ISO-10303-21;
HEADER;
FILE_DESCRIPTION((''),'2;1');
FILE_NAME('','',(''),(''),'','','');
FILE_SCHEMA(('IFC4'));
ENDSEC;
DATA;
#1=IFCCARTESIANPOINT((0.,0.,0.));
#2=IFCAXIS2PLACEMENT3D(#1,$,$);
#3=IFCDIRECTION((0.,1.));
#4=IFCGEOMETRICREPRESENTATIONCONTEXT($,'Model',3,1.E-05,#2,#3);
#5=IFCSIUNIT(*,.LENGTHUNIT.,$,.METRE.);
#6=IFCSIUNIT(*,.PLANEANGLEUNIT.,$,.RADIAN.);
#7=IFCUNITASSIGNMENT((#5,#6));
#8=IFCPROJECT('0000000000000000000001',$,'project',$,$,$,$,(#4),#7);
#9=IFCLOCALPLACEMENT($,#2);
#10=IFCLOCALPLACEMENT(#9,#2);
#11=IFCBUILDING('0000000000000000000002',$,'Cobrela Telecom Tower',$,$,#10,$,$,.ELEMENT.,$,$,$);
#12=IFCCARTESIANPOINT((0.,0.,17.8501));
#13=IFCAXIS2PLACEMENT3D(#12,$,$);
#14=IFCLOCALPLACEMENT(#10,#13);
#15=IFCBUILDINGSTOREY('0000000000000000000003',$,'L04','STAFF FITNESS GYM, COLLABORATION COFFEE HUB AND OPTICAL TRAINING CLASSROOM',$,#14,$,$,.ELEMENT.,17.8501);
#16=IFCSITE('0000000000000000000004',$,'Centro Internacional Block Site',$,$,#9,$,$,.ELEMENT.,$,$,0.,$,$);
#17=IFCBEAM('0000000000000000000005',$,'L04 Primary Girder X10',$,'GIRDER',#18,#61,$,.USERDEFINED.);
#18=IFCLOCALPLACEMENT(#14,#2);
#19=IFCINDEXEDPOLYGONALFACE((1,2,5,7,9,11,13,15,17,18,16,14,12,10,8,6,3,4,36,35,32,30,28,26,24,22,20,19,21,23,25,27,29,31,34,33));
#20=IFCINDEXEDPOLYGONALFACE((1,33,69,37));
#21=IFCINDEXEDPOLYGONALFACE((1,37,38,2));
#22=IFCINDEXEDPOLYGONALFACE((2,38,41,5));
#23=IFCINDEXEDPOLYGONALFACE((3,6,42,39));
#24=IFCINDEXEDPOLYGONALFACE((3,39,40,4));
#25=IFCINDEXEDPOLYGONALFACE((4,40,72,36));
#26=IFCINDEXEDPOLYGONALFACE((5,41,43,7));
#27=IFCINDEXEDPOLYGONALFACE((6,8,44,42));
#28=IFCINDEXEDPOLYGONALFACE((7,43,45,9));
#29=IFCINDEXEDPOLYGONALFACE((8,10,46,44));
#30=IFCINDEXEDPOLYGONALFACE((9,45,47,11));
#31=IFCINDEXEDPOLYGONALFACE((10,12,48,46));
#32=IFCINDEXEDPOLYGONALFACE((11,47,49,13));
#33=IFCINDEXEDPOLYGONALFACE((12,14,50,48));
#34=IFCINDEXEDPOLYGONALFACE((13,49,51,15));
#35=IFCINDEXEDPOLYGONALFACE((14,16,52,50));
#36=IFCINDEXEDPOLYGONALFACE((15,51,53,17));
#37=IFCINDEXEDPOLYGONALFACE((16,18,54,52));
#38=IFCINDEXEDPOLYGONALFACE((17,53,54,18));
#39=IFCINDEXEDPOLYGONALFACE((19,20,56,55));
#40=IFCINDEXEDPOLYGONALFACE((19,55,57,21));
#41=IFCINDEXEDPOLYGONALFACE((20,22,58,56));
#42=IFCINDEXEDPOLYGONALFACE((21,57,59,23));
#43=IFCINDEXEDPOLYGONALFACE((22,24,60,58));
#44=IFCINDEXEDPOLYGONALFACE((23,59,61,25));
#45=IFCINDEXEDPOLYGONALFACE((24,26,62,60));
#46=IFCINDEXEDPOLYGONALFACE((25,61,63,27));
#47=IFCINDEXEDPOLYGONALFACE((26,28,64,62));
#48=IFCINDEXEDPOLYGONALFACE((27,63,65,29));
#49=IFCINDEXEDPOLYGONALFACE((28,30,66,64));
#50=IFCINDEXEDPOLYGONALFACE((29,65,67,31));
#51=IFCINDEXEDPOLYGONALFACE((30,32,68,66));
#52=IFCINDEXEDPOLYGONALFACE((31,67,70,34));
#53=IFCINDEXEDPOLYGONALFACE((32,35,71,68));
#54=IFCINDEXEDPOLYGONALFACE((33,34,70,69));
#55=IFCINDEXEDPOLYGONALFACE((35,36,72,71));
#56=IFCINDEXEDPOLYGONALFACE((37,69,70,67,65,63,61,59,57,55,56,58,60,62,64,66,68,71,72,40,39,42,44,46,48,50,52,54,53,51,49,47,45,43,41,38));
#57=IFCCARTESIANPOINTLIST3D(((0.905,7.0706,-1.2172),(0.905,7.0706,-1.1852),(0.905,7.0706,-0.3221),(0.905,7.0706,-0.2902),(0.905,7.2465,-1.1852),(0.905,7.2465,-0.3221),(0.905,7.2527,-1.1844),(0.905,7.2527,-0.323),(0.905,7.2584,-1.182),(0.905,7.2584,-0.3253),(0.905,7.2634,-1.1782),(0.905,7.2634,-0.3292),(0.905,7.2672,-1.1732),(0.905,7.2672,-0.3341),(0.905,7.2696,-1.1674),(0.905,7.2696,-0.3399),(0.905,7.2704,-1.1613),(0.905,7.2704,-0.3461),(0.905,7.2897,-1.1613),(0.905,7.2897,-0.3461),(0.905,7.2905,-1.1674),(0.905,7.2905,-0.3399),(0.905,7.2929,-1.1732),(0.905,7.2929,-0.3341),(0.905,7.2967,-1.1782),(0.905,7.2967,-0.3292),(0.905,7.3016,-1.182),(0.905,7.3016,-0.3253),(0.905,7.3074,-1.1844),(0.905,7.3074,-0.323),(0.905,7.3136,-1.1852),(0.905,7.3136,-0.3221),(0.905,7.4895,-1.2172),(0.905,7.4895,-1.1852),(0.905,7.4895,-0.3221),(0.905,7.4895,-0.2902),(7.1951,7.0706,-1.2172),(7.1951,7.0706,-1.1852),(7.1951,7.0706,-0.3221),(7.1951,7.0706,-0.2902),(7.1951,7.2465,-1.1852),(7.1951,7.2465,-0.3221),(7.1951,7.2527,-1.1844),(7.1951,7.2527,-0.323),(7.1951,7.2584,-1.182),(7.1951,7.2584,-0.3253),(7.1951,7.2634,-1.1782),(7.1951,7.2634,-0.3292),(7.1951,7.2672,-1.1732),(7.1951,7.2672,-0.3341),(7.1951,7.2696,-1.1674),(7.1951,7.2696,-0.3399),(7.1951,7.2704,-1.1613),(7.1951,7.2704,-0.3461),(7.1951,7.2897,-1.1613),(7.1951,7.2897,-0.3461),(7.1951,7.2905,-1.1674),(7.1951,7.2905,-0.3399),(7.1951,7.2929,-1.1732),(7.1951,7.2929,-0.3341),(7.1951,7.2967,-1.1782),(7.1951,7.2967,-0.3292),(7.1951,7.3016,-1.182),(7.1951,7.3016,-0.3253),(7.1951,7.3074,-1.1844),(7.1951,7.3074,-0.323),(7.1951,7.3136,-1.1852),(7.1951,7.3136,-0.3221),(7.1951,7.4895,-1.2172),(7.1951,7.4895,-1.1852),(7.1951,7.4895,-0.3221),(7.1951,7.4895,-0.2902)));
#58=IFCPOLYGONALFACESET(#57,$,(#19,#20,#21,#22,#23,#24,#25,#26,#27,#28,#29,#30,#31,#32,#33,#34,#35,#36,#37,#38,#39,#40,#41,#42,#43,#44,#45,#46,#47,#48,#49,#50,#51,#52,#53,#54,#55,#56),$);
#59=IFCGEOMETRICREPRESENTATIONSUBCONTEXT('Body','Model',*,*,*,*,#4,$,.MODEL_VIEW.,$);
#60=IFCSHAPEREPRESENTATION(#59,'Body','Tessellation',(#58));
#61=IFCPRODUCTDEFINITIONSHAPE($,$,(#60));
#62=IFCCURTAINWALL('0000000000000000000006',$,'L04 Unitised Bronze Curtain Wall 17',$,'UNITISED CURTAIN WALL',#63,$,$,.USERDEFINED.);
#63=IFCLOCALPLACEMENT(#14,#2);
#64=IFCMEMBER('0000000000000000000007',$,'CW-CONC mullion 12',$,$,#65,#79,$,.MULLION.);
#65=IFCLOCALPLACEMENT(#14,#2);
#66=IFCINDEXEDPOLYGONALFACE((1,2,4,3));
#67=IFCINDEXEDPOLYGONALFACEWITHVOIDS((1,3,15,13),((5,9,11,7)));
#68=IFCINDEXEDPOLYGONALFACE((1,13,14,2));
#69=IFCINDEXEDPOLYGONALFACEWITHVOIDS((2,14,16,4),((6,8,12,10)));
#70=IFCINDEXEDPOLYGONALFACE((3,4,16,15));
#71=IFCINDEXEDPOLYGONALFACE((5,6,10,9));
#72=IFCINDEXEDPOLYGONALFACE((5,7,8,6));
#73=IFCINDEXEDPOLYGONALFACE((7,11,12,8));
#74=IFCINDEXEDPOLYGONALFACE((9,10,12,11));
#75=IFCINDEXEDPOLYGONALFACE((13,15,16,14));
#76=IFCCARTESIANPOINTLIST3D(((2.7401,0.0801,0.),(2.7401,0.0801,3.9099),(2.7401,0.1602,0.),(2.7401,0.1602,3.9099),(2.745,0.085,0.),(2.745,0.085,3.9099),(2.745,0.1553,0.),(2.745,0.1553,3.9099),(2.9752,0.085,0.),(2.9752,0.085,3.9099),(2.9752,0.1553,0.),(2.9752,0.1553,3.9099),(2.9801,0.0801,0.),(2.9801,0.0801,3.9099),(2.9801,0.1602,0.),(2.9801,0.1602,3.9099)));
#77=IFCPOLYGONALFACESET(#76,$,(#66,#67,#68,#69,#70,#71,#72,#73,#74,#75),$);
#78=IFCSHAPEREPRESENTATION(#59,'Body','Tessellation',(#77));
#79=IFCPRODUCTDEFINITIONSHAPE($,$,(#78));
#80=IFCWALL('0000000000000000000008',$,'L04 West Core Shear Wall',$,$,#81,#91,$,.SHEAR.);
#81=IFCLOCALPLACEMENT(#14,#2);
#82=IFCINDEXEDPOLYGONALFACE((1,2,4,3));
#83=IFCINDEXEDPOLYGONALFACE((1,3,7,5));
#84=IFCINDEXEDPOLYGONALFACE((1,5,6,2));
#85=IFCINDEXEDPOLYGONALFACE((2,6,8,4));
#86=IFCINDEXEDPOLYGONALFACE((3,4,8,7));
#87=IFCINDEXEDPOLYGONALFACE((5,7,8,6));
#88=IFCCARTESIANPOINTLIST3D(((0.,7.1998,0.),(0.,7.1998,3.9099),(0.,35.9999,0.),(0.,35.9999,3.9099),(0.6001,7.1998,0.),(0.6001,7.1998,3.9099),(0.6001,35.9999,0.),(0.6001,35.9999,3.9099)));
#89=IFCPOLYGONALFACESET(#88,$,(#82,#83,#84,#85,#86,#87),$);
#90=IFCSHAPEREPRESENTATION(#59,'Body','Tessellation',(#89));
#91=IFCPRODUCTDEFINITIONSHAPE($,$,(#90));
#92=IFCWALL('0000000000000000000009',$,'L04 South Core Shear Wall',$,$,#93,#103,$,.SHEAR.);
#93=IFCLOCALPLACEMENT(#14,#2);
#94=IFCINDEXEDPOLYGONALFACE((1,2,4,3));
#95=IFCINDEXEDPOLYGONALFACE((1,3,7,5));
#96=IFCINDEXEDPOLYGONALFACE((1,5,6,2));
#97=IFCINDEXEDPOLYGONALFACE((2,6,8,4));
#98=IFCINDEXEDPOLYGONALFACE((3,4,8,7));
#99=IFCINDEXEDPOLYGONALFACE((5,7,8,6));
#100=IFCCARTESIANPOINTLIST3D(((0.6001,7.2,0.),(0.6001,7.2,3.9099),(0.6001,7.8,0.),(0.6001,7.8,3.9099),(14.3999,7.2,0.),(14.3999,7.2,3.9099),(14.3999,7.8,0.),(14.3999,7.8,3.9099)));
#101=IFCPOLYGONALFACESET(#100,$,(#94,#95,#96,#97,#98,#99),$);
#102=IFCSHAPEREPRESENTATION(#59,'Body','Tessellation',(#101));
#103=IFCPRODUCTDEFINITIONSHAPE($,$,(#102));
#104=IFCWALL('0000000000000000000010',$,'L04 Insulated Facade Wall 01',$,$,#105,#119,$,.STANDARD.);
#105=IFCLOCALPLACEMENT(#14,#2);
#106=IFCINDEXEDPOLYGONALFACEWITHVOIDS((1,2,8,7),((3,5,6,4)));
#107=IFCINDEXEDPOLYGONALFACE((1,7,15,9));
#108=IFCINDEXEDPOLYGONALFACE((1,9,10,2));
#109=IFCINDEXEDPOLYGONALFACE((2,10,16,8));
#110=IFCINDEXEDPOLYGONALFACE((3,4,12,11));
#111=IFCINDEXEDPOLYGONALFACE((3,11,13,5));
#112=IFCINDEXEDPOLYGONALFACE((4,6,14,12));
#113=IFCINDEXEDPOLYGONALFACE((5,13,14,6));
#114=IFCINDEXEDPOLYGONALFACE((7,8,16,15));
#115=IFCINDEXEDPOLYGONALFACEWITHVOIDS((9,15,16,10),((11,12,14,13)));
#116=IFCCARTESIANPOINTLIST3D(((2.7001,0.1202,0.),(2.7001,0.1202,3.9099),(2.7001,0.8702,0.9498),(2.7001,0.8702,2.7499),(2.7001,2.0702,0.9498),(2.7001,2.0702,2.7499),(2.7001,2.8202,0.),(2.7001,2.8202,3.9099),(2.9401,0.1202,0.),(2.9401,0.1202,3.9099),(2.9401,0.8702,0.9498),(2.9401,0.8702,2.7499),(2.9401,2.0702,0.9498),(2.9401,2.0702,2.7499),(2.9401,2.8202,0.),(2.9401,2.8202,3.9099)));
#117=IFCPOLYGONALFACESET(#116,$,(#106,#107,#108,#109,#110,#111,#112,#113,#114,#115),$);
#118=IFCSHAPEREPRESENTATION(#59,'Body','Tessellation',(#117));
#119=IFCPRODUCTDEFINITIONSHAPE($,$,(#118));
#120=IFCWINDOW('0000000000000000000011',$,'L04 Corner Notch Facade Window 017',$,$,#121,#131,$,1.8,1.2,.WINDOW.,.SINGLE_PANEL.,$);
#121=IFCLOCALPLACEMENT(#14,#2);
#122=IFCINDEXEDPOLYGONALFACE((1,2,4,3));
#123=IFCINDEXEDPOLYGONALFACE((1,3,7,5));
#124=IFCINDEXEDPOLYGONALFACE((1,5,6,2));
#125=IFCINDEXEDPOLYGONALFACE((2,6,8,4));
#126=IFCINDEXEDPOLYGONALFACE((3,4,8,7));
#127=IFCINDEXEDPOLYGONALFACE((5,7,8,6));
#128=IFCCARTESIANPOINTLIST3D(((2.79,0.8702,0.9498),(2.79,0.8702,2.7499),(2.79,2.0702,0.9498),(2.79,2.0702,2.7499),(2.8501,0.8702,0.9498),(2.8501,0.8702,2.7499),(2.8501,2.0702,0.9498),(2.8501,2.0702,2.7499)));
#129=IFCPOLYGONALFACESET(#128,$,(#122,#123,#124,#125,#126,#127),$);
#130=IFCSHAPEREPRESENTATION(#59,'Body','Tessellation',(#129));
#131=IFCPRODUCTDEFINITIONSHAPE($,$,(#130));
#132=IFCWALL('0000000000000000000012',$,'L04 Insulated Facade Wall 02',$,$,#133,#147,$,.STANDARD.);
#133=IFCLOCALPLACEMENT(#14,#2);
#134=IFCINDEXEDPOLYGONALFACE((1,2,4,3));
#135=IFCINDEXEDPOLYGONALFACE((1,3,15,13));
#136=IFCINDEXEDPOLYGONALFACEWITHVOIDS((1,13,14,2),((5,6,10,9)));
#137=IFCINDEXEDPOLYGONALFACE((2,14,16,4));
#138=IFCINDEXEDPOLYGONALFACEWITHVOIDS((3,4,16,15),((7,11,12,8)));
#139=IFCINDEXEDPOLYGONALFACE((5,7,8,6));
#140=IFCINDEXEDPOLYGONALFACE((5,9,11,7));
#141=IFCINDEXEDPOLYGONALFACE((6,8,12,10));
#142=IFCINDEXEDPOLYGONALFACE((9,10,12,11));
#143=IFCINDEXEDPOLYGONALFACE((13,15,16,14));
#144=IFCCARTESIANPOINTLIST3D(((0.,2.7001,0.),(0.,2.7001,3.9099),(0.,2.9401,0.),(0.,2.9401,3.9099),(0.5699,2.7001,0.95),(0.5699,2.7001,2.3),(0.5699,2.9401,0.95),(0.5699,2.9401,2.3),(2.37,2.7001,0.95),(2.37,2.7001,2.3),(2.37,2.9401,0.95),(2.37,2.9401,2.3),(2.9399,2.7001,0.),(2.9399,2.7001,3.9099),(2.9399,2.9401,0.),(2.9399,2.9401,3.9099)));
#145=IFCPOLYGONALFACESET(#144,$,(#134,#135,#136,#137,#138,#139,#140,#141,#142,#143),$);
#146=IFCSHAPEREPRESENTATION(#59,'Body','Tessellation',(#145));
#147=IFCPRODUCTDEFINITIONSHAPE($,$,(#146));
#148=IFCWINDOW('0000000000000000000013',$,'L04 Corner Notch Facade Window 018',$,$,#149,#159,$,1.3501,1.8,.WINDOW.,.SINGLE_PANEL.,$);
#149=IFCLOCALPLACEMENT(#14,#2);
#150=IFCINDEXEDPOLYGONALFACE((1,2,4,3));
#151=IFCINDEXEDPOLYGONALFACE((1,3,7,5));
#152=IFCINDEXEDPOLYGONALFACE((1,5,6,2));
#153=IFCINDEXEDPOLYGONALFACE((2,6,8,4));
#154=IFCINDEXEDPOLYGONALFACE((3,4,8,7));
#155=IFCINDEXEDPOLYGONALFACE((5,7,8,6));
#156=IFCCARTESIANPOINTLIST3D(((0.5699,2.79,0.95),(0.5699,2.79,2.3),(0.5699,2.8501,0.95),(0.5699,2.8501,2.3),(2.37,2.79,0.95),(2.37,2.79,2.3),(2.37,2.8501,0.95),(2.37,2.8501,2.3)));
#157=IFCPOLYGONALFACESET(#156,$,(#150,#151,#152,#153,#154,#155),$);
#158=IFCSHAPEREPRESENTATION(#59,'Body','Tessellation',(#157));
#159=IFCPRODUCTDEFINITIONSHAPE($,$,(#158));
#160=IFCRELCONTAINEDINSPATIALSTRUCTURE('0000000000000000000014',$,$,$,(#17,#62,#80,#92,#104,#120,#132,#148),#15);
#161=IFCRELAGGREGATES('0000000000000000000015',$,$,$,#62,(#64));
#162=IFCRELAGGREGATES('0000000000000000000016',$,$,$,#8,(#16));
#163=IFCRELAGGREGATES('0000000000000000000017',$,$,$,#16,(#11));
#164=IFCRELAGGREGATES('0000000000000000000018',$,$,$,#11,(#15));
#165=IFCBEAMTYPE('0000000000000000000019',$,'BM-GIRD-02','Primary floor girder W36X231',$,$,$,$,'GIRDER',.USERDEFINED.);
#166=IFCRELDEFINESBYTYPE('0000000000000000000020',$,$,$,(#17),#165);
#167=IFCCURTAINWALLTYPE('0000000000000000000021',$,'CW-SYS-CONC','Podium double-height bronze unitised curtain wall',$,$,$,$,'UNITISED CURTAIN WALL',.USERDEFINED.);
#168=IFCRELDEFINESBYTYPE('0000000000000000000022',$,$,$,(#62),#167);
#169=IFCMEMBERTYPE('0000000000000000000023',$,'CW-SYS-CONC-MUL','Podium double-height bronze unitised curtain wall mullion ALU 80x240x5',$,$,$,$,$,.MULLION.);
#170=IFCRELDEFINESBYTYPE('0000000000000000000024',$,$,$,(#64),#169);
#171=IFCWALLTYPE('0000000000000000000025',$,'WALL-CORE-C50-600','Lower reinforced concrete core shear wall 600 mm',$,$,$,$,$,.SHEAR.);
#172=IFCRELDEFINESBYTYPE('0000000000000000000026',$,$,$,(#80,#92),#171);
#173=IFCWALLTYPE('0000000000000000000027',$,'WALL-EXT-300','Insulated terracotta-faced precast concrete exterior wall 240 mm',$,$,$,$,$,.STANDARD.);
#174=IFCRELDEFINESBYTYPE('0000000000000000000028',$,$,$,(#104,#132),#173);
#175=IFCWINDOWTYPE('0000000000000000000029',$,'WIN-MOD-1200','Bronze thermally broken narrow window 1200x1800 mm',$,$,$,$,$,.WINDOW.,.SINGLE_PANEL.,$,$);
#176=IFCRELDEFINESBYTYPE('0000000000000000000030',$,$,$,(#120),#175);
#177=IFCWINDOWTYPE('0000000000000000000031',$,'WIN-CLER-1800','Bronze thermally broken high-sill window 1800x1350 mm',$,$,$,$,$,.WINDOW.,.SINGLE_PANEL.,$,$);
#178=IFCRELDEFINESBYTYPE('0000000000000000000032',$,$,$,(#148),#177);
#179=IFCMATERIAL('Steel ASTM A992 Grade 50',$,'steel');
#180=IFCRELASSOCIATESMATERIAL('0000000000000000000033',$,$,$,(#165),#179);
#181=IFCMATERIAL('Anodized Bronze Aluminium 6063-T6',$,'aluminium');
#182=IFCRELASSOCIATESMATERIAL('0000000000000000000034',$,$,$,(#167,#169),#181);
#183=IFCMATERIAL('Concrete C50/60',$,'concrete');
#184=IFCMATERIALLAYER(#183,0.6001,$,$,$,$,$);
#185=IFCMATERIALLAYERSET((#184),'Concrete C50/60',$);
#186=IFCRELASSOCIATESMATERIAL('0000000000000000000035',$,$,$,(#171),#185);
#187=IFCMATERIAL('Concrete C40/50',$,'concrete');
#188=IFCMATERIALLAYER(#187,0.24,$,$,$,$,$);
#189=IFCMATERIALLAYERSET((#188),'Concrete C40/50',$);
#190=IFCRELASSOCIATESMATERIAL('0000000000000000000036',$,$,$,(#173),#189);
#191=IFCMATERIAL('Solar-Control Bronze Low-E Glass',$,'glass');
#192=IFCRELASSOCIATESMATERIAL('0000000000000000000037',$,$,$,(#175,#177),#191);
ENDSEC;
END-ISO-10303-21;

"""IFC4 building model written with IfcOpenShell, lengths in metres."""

from ifc_helpers import new_model, si_unit, direction, frame, frame_2d, origin, origin_2d, place, context, subcontext, project, spatial, rectangle, hollow_rectangle, i_section, extrude, material, layer, layer_set, material_profile, profile_set, type_object, element, fill, aggregate, save


model = new_model("IFC4")

# Units and contexts
model_context = context("Model", 3, precision=1e-05, world=origin(), true_north=direction((0.0, 1.0)))
body_context = subcontext(model_context, "Body", "Model", "MODEL_VIEW")
ifc_project = project(units=[si_unit("LENGTHUNIT", "METRE"), si_unit("PLANEANGLEUNIT", "RADIAN")], contexts=[model_context])

# Site, building, storey
site_placement = place(None, origin())
site = spatial("IfcSite", under=ifc_project, at=site_placement, Name="Centro Internacional Block Site", CompositionType="ELEMENT", RefElevation=0.0)
building_placement = place(site_placement, origin())
building = spatial("IfcBuilding", under=site, at=building_placement, Name="Cobrela Telecom Tower", CompositionType="ELEMENT")
storey_placement = place(building_placement, frame((0.0, 0.0, 17.8501)))
storey = spatial("IfcBuildingStorey", under=building, at=storey_placement, Name="L04", Description="STAFF FITNESS GYM, COLLABORATION COFFEE HUB AND OPTICAL TRAINING CLASSROOM", CompositionType="ELEMENT", Elevation=17.8501)

# Beam
ifc_material_1 = material(Name="Steel ASTM A992 Grade 50", Category="steel")
ifc_material_profile_1 = material_profile(ifc_material_1, i_section(OverallWidth=0.4189, OverallDepth=0.927, WebThickness=0.0193, FlangeThickness=0.032, FilletRadius=0.0239, at=origin_2d()), Name="W36X231")
ifc_profile_set_1 = profile_set([ifc_material_profile_1], Name="Steel ASTM A992 Grade 50")
beam_type = type_object("IfcBeamType", Name="BM-GIRD-02", Description="Primary floor girder W36X231", ElementType="GIRDER", PredefinedType="USERDEFINED", material=ifc_profile_set_1)
beam_placement = place(storey_placement, frame((0.905, 7.28, -0.7537), z_axis=(1.0, 0.0, 0.0), x_axis=(0.0, 1.0, 0.0)))
element("IfcBeam", 1, at=beam_placement, inside=storey, type_object=beam_type, Name="L04 Primary Girder X10", ObjectType="GIRDER", PredefinedType="USERDEFINED", context=body_context, shape_type="SweptSolid", body=[
    extrude(i_section(OverallWidth=0.4189, OverallDepth=0.927, WebThickness=0.0193, FlangeThickness=0.032, FilletRadius=0.0239, at=origin_2d()), origin(), (0.0, 0.0, 1.0), 6.29),
])

# Curtain wall, member
ifc_material_2 = material(Name="Anodized Bronze Aluminium 6063-T6", Category="aluminium")
curtain_wall_type = type_object("IfcCurtainWallType", Name="CW-SYS-CONC", Description="Podium double-height bronze unitised curtain wall", ElementType="UNITISED CURTAIN WALL", PredefinedType="USERDEFINED", material=ifc_material_2)
curtain_wall_placement = place(storey_placement, origin())
curtain_wall = element("IfcCurtainWall", 2, at=curtain_wall_placement, inside=storey, type_object=curtain_wall_type, Name="L04 Unitised Bronze Curtain Wall 17", ObjectType="UNITISED CURTAIN WALL", PredefinedType="USERDEFINED")
ifc_material_profile_2 = material_profile(ifc_material_2, hollow_rectangle(XDim=0.0801, YDim=0.24, WallThickness=0.0049, at=origin_2d()), Name="ALU 80x240x5")
ifc_profile_set_2 = profile_set([ifc_material_profile_2], Name="Anodized Bronze Aluminium 6063-T6")
member_type = type_object("IfcMemberType", Name="CW-SYS-CONC-MUL", Description="Podium double-height bronze unitised curtain wall mullion ALU 80x240x5", PredefinedType="MULLION", material=ifc_profile_set_2)
member_placement = place(storey_placement, frame((2.8601, 0.1201, 0.0), z_axis=(0.0, 0.0, 1.0), x_axis=(0.0, -1.0, 0.0)))
member = element("IfcMember", 3, at=member_placement, type_object=member_type, Name="CW-CONC mullion 12", PredefinedType="MULLION", context=body_context, shape_type="SweptSolid", body=[
    extrude(hollow_rectangle(XDim=0.0801, YDim=0.24, WallThickness=0.0049, at=origin_2d()), origin(), (0.0, 0.0, 1.0), 3.9099),
])
aggregate(curtain_wall, [member])

# Walls
ifc_material_3 = material(Name="Concrete C50/60", Category="concrete")
ifc_layer_1 = layer(ifc_material_3, 0.6001)
ifc_layer_set_1 = layer_set([ifc_layer_1], Name="Concrete C50/60")
wall_type_1 = type_object("IfcWallType", Name="WALL-CORE-C50-600", Description="Lower reinforced concrete core shear wall 600 mm", PredefinedType="SHEAR", material=ifc_layer_set_1)
wall_1_placement = place(storey_placement, frame((0.3, 7.2, 0.0), z_axis=(0.0, 0.0, 1.0), x_axis=(0.0, 1.0, 0.0)))
element("IfcWall", 4, at=wall_1_placement, inside=storey, type_object=wall_type_1, Name="L04 West Core Shear Wall", PredefinedType="SHEAR", context=body_context, shape_type="SweptSolid", body=[
    extrude(rectangle(XDim=28.8, YDim=0.6001, at=frame_2d((14.3999, 0.0))), origin(), (0.0, 0.0, 1.0), 3.9099),
])
wall_2_placement = place(storey_placement, frame((0.6001, 7.5, 0.0), z_axis=(0.0, 0.0, 1.0), x_axis=(1.0, 0.0, 0.0)))
element("IfcWall", 5, at=wall_2_placement, inside=storey, type_object=wall_type_1, Name="L04 South Core Shear Wall", PredefinedType="SHEAR", context=body_context, shape_type="SweptSolid", body=[
    extrude(rectangle(XDim=13.7998, YDim=0.6001, at=frame_2d((6.8999, 0.0))), origin(), (0.0, 0.0, 1.0), 3.9099),
])

# Walls, openings, windows
ifc_material_4 = material(Name="Concrete C40/50", Category="concrete")
ifc_layer_2 = layer(ifc_material_4, 0.24)
ifc_layer_set_2 = layer_set([ifc_layer_2], Name="Concrete C40/50")
wall_type_2 = type_object("IfcWallType", Name="WALL-EXT-300", Description="Insulated terracotta-faced precast concrete exterior wall 240 mm", PredefinedType="STANDARD", material=ifc_layer_set_2)
wall_3_placement = place(storey_placement, frame((2.8201, 0.1201, 0.0), z_axis=(0.0, 0.0, 1.0), x_axis=(0.0, 1.0, 0.0)))
wall_3 = element("IfcWall", 6, at=wall_3_placement, inside=storey, type_object=wall_type_2, Name="L04 Insulated Facade Wall 01", PredefinedType="STANDARD", context=body_context, shape_type="SweptSolid", body=[
    extrude(rectangle(XDim=2.7, YDim=0.24, at=frame_2d((1.3501, 0.0))), origin(), (0.0, 0.0, 1.0), 3.9099),
])
opening_1_placement = place(wall_3_placement, frame((0.75, 0.0, 0.95)))
opening_1 = element("IfcOpeningElement", 7, at=opening_1_placement, cuts=wall_3, PredefinedType="OPENING", context=body_context, shape_type="SweptSolid", body=[
    extrude(rectangle(XDim=1.2, YDim=1.8, at=frame_2d((0.6001, 0.8999))), frame((0.0, 0.1318, 0.0), z_axis=(0.0, -1.0, 0.0), x_axis=(1.0, 0.0, 0.0)), (0.0, 0.0, 1.0), 0.2639),
])
ifc_material_5 = material(Name="Solar-Control Bronze Low-E Glass", Category="glass")
window_type_1 = type_object("IfcWindowType", Name="WIN-MOD-1200", Description="Bronze thermally broken narrow window 1200x1800 mm", PartitioningType="SINGLE_PANEL", PredefinedType="WINDOW", material=ifc_material_5)
window_1_placement = place(opening_1_placement, origin())
window_1 = element("IfcWindow", 8, at=window_1_placement, inside=storey, type_object=window_type_1, Name="L04 Corner Notch Facade Window 017", OverallHeight=1.8, OverallWidth=1.2, PartitioningType="SINGLE_PANEL", PredefinedType="WINDOW", context=body_context, shape_type="SweptSolid", body=[
    extrude(rectangle(XDim=1.2, YDim=1.8, at=frame_2d((0.6001, 0.8999))), frame((0.0, 0.03, 0.0), z_axis=(0.0, -1.0, 0.0), x_axis=(1.0, 0.0, 0.0)), (0.0, 0.0, 1.0), 0.0601),
])
fill(opening_1, window_1)
wall_4_placement = place(storey_placement, frame((2.9399, 2.8201, 0.0), z_axis=(0.0, 0.0, 1.0), x_axis=(-1.0, 0.0, 0.0)))
wall_4 = element("IfcWall", 9, at=wall_4_placement, inside=storey, type_object=wall_type_2, Name="L04 Insulated Facade Wall 02", PredefinedType="STANDARD", context=body_context, shape_type="SweptSolid", body=[
    extrude(rectangle(XDim=2.9399, YDim=0.24, at=frame_2d((1.47, 0.0))), origin(), (0.0, 0.0, 1.0), 3.9099),
])
opening_2_placement = place(wall_4_placement, frame((0.5701, 0.0, 0.95)))
opening_2 = element("IfcOpeningElement", 10, at=opening_2_placement, cuts=wall_4, PredefinedType="OPENING", context=body_context, shape_type="SweptSolid", body=[
    extrude(rectangle(XDim=1.8, YDim=1.3501, at=frame_2d((0.8999, 0.675))), frame((0.0, 0.1318, 0.0), z_axis=(0.0, -1.0, 0.0), x_axis=(1.0, 0.0, 0.0)), (0.0, 0.0, 1.0), 0.2639),
])
window_type_2 = type_object("IfcWindowType", Name="WIN-CLER-1800", Description="Bronze thermally broken high-sill window 1800x1350 mm", PartitioningType="SINGLE_PANEL", PredefinedType="WINDOW", material=ifc_material_5)
window_2_placement = place(opening_2_placement, origin())
window_2 = element("IfcWindow", 11, at=window_2_placement, inside=storey, type_object=window_type_2, Name="L04 Corner Notch Facade Window 018", OverallHeight=1.3501, OverallWidth=1.8, PartitioningType="SINGLE_PANEL", PredefinedType="WINDOW", context=body_context, shape_type="SweptSolid", body=[
    extrude(rectangle(XDim=1.8, YDim=1.3501, at=frame_2d((0.8999, 0.675))), frame((0.0, 0.03, 0.0), z_axis=(0.0, -1.0, 0.0), x_axis=(1.0, 0.0, 0.0)), (0.0, 0.0, 1.0), 0.0601),
])
fill(opening_2, window_2)

save(model, "model.ifc")
